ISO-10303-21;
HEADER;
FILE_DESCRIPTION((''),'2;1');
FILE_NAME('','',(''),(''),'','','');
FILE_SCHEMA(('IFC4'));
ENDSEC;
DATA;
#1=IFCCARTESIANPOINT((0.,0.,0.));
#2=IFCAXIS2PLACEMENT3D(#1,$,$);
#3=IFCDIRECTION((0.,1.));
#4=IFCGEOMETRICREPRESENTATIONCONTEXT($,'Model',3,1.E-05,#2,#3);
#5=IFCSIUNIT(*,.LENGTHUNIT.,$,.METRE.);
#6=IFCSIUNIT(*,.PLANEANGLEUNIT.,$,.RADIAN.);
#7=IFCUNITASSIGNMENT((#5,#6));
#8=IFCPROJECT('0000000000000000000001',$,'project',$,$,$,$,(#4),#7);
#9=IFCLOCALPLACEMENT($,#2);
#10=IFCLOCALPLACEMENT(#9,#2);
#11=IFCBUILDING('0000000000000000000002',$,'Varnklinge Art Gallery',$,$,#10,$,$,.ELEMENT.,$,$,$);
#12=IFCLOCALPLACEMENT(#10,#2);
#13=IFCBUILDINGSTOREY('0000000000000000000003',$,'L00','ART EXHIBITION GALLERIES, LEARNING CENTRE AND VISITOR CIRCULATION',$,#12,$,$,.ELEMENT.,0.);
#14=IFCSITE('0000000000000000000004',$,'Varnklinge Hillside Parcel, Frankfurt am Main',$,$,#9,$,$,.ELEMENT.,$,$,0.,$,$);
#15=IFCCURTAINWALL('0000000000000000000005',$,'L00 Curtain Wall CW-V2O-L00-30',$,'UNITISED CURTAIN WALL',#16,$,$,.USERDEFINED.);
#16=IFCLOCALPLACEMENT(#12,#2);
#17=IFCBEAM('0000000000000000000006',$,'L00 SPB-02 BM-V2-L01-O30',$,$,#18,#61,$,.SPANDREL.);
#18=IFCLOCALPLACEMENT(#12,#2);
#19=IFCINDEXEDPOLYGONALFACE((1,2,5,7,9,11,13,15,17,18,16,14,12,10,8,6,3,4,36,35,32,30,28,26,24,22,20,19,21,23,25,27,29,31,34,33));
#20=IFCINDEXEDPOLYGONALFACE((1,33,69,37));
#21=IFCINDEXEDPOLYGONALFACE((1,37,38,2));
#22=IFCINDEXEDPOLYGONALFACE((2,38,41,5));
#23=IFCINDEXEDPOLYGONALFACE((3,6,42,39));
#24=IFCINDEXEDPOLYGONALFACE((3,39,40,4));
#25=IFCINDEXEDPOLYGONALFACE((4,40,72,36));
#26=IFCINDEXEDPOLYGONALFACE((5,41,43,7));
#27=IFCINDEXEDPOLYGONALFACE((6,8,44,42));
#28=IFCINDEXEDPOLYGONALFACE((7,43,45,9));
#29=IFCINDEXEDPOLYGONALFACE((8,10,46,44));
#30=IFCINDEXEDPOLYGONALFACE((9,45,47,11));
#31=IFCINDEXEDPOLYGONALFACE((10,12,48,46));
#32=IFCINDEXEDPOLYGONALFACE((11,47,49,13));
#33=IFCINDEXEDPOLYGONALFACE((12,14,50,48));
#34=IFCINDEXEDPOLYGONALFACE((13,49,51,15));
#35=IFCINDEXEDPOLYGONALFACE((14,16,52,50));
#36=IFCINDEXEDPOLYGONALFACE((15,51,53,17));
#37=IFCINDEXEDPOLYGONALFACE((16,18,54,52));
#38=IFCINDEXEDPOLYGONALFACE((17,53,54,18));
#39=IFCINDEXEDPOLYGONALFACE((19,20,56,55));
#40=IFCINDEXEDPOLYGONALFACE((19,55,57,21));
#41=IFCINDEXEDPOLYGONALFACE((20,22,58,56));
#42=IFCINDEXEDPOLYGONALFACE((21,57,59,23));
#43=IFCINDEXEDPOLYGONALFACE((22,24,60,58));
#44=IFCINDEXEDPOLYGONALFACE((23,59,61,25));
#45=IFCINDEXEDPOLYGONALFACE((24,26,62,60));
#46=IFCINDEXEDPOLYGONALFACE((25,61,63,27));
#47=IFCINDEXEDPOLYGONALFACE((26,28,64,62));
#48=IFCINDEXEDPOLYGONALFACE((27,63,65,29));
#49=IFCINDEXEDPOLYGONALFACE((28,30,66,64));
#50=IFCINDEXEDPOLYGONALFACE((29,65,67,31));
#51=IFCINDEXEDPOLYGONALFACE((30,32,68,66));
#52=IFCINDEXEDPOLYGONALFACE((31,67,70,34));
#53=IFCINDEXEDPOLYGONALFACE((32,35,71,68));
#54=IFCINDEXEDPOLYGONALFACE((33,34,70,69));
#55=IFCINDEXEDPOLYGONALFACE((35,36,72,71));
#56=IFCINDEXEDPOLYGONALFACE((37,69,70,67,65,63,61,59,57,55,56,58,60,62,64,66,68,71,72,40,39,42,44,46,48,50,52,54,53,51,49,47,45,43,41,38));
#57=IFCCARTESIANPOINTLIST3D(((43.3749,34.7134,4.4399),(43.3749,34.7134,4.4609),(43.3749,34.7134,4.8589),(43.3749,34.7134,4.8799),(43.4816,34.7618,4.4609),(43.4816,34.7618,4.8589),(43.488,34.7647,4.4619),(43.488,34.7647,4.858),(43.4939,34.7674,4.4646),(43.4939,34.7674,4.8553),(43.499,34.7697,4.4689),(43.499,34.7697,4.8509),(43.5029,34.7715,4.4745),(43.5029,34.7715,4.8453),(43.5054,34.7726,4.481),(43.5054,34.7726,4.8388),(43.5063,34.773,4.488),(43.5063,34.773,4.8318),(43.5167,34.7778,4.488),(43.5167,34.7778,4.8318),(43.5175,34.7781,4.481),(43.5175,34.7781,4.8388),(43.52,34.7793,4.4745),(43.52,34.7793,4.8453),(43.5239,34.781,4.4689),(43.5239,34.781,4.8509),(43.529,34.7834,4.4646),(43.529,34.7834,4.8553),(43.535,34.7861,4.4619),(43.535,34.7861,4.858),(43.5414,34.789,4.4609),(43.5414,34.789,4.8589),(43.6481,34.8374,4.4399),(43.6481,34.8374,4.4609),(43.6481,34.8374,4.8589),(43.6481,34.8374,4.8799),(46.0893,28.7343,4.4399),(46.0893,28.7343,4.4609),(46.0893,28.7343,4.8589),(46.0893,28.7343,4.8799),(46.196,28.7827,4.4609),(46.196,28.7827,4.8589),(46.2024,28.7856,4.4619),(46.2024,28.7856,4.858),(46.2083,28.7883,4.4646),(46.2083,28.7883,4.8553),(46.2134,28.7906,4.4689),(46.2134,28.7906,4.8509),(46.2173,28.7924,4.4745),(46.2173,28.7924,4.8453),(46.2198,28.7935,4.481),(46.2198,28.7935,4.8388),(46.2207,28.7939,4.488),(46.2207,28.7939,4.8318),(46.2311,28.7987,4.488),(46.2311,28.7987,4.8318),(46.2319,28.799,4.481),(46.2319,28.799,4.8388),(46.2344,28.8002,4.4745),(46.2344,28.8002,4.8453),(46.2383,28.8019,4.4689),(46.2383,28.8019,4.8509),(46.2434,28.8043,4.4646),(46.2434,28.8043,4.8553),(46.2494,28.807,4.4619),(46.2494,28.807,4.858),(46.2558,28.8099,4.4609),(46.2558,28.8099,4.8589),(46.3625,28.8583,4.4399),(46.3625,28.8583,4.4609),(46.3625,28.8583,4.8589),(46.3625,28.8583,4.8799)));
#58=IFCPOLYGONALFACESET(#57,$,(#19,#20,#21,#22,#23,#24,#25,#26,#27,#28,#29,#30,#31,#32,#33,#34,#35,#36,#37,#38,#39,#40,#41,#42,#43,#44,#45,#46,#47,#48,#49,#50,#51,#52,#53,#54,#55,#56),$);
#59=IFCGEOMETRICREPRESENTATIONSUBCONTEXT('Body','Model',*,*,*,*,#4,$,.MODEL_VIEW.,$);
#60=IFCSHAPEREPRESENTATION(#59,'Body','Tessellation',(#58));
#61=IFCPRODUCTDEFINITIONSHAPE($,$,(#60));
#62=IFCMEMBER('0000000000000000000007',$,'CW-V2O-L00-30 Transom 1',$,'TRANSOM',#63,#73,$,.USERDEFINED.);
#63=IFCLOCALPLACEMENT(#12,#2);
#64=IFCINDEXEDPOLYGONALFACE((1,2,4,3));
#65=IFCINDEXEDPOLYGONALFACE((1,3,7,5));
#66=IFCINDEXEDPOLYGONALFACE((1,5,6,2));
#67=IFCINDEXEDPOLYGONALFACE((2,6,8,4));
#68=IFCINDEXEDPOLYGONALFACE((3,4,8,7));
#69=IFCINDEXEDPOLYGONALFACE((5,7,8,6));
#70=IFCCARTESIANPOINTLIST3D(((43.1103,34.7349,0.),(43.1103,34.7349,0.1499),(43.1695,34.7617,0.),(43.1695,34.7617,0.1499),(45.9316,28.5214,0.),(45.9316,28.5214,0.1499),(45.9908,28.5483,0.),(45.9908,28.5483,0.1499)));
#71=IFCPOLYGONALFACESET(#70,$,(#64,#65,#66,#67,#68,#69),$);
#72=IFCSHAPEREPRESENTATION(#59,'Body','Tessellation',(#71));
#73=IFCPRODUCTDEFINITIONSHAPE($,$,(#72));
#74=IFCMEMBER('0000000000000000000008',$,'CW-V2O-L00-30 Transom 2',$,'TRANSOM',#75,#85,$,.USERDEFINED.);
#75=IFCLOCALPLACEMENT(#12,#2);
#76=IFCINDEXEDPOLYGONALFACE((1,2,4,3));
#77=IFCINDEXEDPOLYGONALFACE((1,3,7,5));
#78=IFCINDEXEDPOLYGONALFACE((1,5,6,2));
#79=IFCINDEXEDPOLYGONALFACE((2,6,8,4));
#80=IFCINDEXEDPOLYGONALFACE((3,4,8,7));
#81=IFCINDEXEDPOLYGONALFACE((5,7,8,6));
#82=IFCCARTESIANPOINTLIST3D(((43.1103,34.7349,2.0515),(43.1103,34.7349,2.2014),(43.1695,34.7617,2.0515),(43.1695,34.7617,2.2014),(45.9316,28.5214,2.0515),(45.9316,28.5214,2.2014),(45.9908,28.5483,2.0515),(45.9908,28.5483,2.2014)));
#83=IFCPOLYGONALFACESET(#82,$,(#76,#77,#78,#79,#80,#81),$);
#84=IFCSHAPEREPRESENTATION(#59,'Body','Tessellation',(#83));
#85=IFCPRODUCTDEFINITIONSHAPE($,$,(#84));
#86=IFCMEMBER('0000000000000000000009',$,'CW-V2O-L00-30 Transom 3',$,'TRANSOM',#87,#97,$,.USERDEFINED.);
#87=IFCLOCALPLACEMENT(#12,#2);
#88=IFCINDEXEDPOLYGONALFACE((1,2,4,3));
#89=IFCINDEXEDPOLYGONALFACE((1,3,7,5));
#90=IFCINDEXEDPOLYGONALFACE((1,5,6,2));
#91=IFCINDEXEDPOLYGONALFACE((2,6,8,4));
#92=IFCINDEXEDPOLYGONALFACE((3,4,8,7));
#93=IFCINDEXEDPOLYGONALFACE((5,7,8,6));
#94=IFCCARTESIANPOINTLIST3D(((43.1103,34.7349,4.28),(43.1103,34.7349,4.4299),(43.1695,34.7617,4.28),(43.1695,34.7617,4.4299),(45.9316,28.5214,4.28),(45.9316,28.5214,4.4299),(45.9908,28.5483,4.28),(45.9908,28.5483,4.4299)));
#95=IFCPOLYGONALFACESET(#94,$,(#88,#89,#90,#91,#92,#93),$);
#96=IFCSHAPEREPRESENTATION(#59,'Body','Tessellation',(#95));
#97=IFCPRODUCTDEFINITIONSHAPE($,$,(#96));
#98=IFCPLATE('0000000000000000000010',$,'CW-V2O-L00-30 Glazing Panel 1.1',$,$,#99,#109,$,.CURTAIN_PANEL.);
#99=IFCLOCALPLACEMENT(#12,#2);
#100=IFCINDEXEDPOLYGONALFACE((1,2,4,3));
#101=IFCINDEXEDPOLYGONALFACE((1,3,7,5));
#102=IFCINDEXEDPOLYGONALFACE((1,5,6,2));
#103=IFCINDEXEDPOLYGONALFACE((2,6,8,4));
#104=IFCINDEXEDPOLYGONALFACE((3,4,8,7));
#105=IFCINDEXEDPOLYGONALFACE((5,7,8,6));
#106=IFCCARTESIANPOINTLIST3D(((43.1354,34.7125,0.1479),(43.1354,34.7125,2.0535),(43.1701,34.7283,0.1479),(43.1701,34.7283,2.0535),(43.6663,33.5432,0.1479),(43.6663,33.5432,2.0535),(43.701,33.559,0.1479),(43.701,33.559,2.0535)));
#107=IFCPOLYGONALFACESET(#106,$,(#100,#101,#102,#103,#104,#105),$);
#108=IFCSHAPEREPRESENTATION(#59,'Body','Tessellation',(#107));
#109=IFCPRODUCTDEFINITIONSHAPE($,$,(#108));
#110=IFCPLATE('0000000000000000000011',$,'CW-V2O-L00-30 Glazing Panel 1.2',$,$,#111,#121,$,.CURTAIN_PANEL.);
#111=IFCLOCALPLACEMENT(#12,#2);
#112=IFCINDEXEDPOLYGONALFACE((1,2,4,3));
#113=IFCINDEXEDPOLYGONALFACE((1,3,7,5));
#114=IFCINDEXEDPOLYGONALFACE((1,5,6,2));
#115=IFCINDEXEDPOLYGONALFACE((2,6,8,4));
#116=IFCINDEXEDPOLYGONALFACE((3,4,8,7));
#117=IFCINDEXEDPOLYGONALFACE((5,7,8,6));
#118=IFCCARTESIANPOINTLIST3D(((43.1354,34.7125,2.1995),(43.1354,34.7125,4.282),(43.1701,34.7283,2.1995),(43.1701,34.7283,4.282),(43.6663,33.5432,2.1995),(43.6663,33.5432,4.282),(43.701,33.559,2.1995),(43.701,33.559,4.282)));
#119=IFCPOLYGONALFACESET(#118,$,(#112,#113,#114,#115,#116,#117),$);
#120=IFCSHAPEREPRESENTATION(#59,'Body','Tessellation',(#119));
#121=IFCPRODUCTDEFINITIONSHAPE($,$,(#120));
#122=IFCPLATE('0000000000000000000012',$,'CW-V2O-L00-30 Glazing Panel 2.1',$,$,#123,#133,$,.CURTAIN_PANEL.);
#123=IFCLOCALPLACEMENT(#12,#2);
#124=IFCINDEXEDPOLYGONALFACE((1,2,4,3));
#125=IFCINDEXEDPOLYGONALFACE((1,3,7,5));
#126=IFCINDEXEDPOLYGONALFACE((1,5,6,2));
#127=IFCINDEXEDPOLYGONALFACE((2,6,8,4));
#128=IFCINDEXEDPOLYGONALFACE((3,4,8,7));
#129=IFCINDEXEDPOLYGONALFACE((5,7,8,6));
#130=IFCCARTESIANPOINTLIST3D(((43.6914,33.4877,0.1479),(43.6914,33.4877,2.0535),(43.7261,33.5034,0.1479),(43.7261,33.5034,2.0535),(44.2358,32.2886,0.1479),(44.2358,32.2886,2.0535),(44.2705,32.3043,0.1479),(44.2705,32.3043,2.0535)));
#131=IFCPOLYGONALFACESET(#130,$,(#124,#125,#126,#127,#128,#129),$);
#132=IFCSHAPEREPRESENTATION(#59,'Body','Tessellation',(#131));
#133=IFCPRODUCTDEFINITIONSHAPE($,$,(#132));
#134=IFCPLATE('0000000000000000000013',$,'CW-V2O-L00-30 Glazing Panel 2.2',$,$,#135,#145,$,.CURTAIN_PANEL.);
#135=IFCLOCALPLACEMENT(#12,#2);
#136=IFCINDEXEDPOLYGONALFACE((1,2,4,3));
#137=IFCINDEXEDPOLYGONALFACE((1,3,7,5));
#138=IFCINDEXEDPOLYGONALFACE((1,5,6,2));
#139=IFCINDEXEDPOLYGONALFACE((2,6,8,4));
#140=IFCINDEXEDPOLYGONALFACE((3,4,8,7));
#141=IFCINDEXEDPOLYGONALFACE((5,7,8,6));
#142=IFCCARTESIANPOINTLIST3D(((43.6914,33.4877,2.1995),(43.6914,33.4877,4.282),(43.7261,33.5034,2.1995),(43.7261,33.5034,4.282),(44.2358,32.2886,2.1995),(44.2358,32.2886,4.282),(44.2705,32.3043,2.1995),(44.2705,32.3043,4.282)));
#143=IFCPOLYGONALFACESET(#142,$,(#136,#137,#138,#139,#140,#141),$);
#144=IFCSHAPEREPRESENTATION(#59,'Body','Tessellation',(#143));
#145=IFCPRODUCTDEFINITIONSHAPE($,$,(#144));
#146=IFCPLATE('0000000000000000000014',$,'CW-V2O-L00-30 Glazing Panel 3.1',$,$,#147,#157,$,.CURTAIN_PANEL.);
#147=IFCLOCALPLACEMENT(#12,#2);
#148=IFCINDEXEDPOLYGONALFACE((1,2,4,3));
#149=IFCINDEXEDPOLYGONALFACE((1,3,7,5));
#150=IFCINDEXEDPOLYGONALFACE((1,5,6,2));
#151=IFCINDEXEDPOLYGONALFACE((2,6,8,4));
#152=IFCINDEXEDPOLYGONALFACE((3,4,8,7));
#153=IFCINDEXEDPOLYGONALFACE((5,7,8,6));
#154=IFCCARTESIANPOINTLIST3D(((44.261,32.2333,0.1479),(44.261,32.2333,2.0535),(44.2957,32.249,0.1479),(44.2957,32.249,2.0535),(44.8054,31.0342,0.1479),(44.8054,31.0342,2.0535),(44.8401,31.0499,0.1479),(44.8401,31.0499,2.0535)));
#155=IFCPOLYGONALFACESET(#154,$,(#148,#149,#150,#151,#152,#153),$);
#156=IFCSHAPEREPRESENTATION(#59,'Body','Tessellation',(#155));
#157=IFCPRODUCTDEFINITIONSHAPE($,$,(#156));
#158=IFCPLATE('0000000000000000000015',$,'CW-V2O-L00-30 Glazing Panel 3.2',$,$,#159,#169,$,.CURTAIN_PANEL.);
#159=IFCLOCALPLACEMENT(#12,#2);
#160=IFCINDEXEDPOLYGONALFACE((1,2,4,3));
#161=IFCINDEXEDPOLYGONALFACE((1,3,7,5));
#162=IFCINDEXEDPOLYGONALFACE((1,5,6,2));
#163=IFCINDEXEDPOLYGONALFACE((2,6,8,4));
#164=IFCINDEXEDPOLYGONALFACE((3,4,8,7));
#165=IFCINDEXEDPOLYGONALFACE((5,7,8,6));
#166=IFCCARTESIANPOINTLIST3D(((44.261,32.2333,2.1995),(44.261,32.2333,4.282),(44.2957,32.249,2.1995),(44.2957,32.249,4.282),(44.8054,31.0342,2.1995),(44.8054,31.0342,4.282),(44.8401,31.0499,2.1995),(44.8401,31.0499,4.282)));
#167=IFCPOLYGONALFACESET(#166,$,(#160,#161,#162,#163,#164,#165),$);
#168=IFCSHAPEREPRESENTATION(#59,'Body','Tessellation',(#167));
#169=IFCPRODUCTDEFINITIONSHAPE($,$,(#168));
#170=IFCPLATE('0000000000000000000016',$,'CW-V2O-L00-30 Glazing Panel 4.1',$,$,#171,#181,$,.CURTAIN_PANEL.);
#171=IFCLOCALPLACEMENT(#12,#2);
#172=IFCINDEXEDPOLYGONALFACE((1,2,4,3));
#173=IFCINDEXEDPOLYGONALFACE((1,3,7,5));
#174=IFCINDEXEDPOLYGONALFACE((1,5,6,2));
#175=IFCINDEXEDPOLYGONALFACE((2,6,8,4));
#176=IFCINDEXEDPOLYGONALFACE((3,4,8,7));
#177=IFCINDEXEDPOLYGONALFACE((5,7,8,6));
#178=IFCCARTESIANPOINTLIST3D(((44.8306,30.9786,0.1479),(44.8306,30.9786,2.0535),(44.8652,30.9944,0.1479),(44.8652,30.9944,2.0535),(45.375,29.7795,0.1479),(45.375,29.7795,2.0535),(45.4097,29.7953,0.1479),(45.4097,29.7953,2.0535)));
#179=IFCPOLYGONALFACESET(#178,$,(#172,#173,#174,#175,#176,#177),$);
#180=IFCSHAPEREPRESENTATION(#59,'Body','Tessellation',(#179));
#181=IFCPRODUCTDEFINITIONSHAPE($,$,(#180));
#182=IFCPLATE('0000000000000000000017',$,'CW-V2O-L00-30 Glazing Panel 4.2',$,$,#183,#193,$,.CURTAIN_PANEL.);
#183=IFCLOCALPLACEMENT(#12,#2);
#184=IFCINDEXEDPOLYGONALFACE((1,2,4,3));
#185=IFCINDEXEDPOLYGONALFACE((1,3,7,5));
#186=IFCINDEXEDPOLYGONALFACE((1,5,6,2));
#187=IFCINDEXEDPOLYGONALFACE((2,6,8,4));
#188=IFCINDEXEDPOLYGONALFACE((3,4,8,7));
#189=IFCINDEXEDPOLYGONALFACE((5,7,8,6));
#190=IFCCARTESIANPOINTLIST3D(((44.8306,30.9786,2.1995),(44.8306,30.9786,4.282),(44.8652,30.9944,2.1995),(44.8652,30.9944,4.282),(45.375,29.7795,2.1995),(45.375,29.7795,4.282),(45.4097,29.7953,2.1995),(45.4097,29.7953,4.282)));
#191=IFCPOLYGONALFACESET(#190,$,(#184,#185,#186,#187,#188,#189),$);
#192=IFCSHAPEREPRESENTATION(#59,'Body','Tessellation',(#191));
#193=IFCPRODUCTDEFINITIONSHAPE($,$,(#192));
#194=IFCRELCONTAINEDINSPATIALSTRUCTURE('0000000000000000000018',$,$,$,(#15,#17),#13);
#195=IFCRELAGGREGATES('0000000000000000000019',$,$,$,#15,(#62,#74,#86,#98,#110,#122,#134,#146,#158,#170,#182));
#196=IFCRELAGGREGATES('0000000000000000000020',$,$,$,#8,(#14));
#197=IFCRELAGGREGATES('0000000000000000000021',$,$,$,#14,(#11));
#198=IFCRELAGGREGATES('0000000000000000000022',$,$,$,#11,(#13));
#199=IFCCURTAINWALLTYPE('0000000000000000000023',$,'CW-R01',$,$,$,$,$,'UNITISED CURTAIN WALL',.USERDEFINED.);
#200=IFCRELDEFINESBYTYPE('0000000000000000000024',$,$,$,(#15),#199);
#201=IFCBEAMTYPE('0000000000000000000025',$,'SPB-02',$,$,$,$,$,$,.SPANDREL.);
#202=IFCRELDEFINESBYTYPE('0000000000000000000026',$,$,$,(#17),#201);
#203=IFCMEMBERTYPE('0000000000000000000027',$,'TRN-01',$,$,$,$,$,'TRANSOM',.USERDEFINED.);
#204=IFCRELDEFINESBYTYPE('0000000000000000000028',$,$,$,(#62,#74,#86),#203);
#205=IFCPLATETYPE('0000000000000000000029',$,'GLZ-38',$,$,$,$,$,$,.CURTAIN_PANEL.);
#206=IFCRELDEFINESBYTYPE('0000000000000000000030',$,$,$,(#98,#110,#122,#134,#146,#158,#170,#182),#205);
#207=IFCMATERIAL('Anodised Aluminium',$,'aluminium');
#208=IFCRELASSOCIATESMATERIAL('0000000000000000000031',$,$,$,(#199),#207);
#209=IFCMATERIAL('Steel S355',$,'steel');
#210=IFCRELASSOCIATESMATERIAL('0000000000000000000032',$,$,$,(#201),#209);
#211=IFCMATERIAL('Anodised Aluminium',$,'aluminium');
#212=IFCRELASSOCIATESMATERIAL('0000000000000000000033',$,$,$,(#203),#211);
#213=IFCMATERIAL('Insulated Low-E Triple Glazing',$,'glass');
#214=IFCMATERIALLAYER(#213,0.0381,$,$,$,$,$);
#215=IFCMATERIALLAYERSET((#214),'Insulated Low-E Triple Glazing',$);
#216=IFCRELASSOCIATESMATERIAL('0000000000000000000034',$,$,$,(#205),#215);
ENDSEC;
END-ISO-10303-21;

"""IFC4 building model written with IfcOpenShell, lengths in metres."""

from ifc_helpers import new_model, si_unit, direction, frame, origin, origin_2d, place, context, subcontext, project, spatial, rectangle, i_section, extrude, material, layer, layer_set, material_profile, profile_set, type_object, element, aggregate, save


model = new_model("IFC4")

# Units and contexts
model_context = context("Model", 3, precision=1e-05, world=origin(), true_north=direction((0.0, 1.0)))
body_context = subcontext(model_context, "Body", "Model", "MODEL_VIEW")
ifc_project = project(units=[si_unit("LENGTHUNIT", "METRE"), si_unit("PLANEANGLEUNIT", "RADIAN")], contexts=[model_context])

# Site, building, storey
site_placement = place(None, origin())
site = spatial("IfcSite", under=ifc_project, at=site_placement, Name="Varnklinge Hillside Parcel, Frankfurt am Main", CompositionType="ELEMENT", RefElevation=0.0)
building_placement = place(site_placement, origin())
building = spatial("IfcBuilding", under=site, at=building_placement, Name="Varnklinge Art Gallery", CompositionType="ELEMENT")
storey_placement = place(building_placement, origin())
storey = spatial("IfcBuildingStorey", under=building, at=storey_placement, Name="L00", Description="ART EXHIBITION GALLERIES, LEARNING CENTRE AND VISITOR CIRCULATION", CompositionType="ELEMENT", Elevation=0.0)

# Shared definitions
ifc_material_1 = material(Name="Anodised Aluminium", Category="aluminium")
curtain_wall_type = type_object("IfcCurtainWallType", Name="CW-R01", ElementType="UNITISED CURTAIN WALL", PredefinedType="USERDEFINED", material=ifc_material_1)

# Curtain wall
curtain_wall_1_placement = place(storey_placement, origin())
curtain_wall_1 = element("IfcCurtainWall", 1, at=curtain_wall_1_placement, inside=storey, type_object=curtain_wall_type, Name="L00 Curtain Wall CW-V2O-L00-30", ObjectType="UNITISED CURTAIN WALL", PredefinedType="USERDEFINED")

# Beam
ifc_material_2 = material(Name="Steel S355", Category="steel")
ifc_material_profile_1 = material_profile(ifc_material_2, i_section(OverallWidth=0.3, OverallDepth=0.4399, WebThickness=0.0115, FlangeThickness=0.021, FilletRadius=0.0271, at=origin_2d()), Name="HEA 450")
ifc_profile_set_1 = profile_set([ifc_material_profile_1], Name="Steel S355")
beam_type_1 = type_object("IfcBeamType", Name="SPB-02", PredefinedType="SPANDREL", material=ifc_profile_set_1)
beam_1_placement = place(storey_placement, frame((43.5115, 34.7754, 4.6599), z_axis=(0.413377, -0.91056, 0.0), x_axis=(0.91056, 0.413377, 0.0)))
element("IfcBeam", 2, at=beam_1_placement, inside=storey, type_object=beam_type_1, Name="L00 SPB-02 BM-V2-L01-O30", PredefinedType="SPANDREL", context=body_context, shape_type="SweptSolid", body=[
    extrude(i_section(OverallWidth=0.3, OverallDepth=0.4399, WebThickness=0.0115, FlangeThickness=0.021, FilletRadius=0.0271, at=origin_2d()), origin(), (0.0, 0.0, 1.0), 6.5664),
])

# Members
ifc_material_3 = material(Name="Anodised Aluminium", Category="aluminium")
ifc_material_profile_2 = material_profile(ifc_material_3, rectangle(XDim=0.0649, YDim=0.1499, at=origin_2d()), Name="ALU 65x150")
ifc_profile_set_2 = profile_set([ifc_material_profile_2], Name="Anodised Aluminium")
member_type_1 = type_object("IfcMemberType", Name="TRN-01", ElementType="TRANSOM", PredefinedType="USERDEFINED", material=ifc_profile_set_2)
member_1_placement = place(storey_placement, frame((43.1399, 34.7483, 0.075), z_axis=(0.413442, -0.910531, 0.0), x_axis=(0.910531, 0.413442, 0.0)))
member_1 = element("IfcMember", 3, at=member_1_placement, type_object=member_type_1, Name="CW-V2O-L00-30 Transom 1", ObjectType="TRANSOM", PredefinedType="USERDEFINED", context=body_context, shape_type="SweptSolid", body=[
    extrude(rectangle(XDim=0.0649, YDim=0.1499, at=origin_2d()), origin(), (0.0, 0.0, 1.0), 6.824),
])
member_2_placement = place(storey_placement, frame((43.1399, 34.7483, 2.1265), z_axis=(0.413442, -0.910531, 0.0), x_axis=(0.910531, 0.413442, 0.0)))
member_2 = element("IfcMember", 4, at=member_2_placement, type_object=member_type_1, Name="CW-V2O-L00-30 Transom 2", ObjectType="TRANSOM", PredefinedType="USERDEFINED", context=body_context, shape_type="SweptSolid", body=[
    extrude(rectangle(XDim=0.0649, YDim=0.1499, at=origin_2d()), origin(), (0.0, 0.0, 1.0), 6.824),
])
member_3_placement = place(storey_placement, frame((43.1399, 34.7483, 4.355), z_axis=(0.413442, -0.910531, 0.0), x_axis=(0.910531, 0.413442, 0.0)))
member_3 = element("IfcMember", 5, at=member_3_placement, type_object=member_type_1, Name="CW-V2O-L00-30 Transom 3", ObjectType="TRANSOM", PredefinedType="USERDEFINED", context=body_context, shape_type="SweptSolid", body=[
    extrude(rectangle(XDim=0.0649, YDim=0.1499, at=origin_2d()), origin(), (0.0, 0.0, 1.0), 6.824),
])

# Plates
ifc_material_4 = material(Name="Insulated Low-E Triple Glazing", Category="glass")
ifc_layer = layer(ifc_material_4, 0.0381)
ifc_layer_set = layer_set([ifc_layer], Name="Insulated Low-E Triple Glazing")
plate_type = type_object("IfcPlateType", Name="GLZ-38", PredefinedType="CURTAIN_PANEL", material=ifc_layer_set)
plate_1_placement = place(storey_placement, frame((43.4182, 34.1357, 0.1479), z_axis=(0.0, 0.0, 1.0), x_axis=(0.413422, -0.910539, 0.0)))
plate_1 = element("IfcPlate", 6, at=plate_1_placement, type_object=plate_type, Name="CW-V2O-L00-30 Glazing Panel 1.1", PredefinedType="CURTAIN_PANEL", context=body_context, shape_type="SweptSolid", body=[
    extrude(rectangle(XDim=1.2842, YDim=0.0381, at=origin_2d()), origin(), (0.0, 0.0, 1.0), 1.9055),
])
plate_2_placement = place(storey_placement, frame((43.4182, 34.1357, 2.1995), z_axis=(0.0, 0.0, 1.0), x_axis=(0.413422, -0.910539, 0.0)))
plate_2 = element("IfcPlate", 7, at=plate_2_placement, type_object=plate_type, Name="CW-V2O-L00-30 Glazing Panel 1.2", PredefinedType="CURTAIN_PANEL", context=body_context, shape_type="SweptSolid", body=[
    extrude(rectangle(XDim=1.2842, YDim=0.0381, at=origin_2d()), origin(), (0.0, 0.0, 1.0), 2.0825),
])
plate_3_placement = place(storey_placement, frame((43.981, 32.896, 0.1479), z_axis=(0.0, 0.0, 1.0), x_axis=(0.413422, -0.910539, 0.0)))
plate_3 = element("IfcPlate", 8, at=plate_3_placement, type_object=plate_type, Name="CW-V2O-L00-30 Glazing Panel 2.1", PredefinedType="CURTAIN_PANEL", context=body_context, shape_type="SweptSolid", body=[
    extrude(rectangle(XDim=1.3169, YDim=0.0381, at=origin_2d()), origin(), (0.0, 0.0, 1.0), 1.9055),
])
plate_4_placement = place(storey_placement, frame((43.981, 32.896, 2.1995), z_axis=(0.0, 0.0, 1.0), x_axis=(0.413422, -0.910539, 0.0)))
plate_4 = element("IfcPlate", 9, at=plate_4_placement, type_object=plate_type, Name="CW-V2O-L00-30 Glazing Panel 2.2", PredefinedType="CURTAIN_PANEL", context=body_context, shape_type="SweptSolid", body=[
    extrude(rectangle(XDim=1.3169, YDim=0.0381, at=origin_2d()), origin(), (0.0, 0.0, 1.0), 2.0825),
])
plate_5_placement = place(storey_placement, frame((44.5505, 31.6416, 0.1479), z_axis=(0.0, 0.0, 1.0), x_axis=(0.413422, -0.910539, 0.0)))
plate_5 = element("IfcPlate", 10, at=plate_5_placement, type_object=plate_type, Name="CW-V2O-L00-30 Glazing Panel 3.1", PredefinedType="CURTAIN_PANEL", context=body_context, shape_type="SweptSolid", body=[
    extrude(rectangle(XDim=1.3169, YDim=0.0381, at=origin_2d()), origin(), (0.0, 0.0, 1.0), 1.9055),
])
plate_6_placement = place(storey_placement, frame((44.5505, 31.6416, 2.1995), z_axis=(0.0, 0.0, 1.0), x_axis=(0.413422, -0.910539, 0.0)))
plate_6 = element("IfcPlate", 11, at=plate_6_placement, type_object=plate_type, Name="CW-V2O-L00-30 Glazing Panel 3.2", PredefinedType="CURTAIN_PANEL", context=body_context, shape_type="SweptSolid", body=[
    extrude(rectangle(XDim=1.3169, YDim=0.0381, at=origin_2d()), origin(), (0.0, 0.0, 1.0), 2.0825),
])
plate_7_placement = place(storey_placement, frame((45.1201, 30.387, 0.1479), z_axis=(0.0, 0.0, 1.0), x_axis=(0.413422, -0.910539, 0.0)))
plate_7 = element("IfcPlate", 12, at=plate_7_placement, type_object=plate_type, Name="CW-V2O-L00-30 Glazing Panel 4.1", PredefinedType="CURTAIN_PANEL", context=body_context, shape_type="SweptSolid", body=[
    extrude(rectangle(XDim=1.3169, YDim=0.0381, at=origin_2d()), origin(), (0.0, 0.0, 1.0), 1.9055),
])
plate_8_placement = place(storey_placement, frame((45.1201, 30.387, 2.1995), z_axis=(0.0, 0.0, 1.0), x_axis=(0.413422, -0.910539, 0.0)))
plate_8 = element("IfcPlate", 13, at=plate_8_placement, type_object=plate_type, Name="CW-V2O-L00-30 Glazing Panel 4.2", PredefinedType="CURTAIN_PANEL", context=body_context, shape_type="SweptSolid", body=[
    extrude(rectangle(XDim=1.3169, YDim=0.0381, at=origin_2d()), origin(), (0.0, 0.0, 1.0), 2.0825),
])
aggregate(curtain_wall_1, [member_1, member_2, member_3, plate_1, plate_2, plate_3, plate_4, plate_5, plate_6, plate_7, plate_8])

save(model, "model.ifc")
